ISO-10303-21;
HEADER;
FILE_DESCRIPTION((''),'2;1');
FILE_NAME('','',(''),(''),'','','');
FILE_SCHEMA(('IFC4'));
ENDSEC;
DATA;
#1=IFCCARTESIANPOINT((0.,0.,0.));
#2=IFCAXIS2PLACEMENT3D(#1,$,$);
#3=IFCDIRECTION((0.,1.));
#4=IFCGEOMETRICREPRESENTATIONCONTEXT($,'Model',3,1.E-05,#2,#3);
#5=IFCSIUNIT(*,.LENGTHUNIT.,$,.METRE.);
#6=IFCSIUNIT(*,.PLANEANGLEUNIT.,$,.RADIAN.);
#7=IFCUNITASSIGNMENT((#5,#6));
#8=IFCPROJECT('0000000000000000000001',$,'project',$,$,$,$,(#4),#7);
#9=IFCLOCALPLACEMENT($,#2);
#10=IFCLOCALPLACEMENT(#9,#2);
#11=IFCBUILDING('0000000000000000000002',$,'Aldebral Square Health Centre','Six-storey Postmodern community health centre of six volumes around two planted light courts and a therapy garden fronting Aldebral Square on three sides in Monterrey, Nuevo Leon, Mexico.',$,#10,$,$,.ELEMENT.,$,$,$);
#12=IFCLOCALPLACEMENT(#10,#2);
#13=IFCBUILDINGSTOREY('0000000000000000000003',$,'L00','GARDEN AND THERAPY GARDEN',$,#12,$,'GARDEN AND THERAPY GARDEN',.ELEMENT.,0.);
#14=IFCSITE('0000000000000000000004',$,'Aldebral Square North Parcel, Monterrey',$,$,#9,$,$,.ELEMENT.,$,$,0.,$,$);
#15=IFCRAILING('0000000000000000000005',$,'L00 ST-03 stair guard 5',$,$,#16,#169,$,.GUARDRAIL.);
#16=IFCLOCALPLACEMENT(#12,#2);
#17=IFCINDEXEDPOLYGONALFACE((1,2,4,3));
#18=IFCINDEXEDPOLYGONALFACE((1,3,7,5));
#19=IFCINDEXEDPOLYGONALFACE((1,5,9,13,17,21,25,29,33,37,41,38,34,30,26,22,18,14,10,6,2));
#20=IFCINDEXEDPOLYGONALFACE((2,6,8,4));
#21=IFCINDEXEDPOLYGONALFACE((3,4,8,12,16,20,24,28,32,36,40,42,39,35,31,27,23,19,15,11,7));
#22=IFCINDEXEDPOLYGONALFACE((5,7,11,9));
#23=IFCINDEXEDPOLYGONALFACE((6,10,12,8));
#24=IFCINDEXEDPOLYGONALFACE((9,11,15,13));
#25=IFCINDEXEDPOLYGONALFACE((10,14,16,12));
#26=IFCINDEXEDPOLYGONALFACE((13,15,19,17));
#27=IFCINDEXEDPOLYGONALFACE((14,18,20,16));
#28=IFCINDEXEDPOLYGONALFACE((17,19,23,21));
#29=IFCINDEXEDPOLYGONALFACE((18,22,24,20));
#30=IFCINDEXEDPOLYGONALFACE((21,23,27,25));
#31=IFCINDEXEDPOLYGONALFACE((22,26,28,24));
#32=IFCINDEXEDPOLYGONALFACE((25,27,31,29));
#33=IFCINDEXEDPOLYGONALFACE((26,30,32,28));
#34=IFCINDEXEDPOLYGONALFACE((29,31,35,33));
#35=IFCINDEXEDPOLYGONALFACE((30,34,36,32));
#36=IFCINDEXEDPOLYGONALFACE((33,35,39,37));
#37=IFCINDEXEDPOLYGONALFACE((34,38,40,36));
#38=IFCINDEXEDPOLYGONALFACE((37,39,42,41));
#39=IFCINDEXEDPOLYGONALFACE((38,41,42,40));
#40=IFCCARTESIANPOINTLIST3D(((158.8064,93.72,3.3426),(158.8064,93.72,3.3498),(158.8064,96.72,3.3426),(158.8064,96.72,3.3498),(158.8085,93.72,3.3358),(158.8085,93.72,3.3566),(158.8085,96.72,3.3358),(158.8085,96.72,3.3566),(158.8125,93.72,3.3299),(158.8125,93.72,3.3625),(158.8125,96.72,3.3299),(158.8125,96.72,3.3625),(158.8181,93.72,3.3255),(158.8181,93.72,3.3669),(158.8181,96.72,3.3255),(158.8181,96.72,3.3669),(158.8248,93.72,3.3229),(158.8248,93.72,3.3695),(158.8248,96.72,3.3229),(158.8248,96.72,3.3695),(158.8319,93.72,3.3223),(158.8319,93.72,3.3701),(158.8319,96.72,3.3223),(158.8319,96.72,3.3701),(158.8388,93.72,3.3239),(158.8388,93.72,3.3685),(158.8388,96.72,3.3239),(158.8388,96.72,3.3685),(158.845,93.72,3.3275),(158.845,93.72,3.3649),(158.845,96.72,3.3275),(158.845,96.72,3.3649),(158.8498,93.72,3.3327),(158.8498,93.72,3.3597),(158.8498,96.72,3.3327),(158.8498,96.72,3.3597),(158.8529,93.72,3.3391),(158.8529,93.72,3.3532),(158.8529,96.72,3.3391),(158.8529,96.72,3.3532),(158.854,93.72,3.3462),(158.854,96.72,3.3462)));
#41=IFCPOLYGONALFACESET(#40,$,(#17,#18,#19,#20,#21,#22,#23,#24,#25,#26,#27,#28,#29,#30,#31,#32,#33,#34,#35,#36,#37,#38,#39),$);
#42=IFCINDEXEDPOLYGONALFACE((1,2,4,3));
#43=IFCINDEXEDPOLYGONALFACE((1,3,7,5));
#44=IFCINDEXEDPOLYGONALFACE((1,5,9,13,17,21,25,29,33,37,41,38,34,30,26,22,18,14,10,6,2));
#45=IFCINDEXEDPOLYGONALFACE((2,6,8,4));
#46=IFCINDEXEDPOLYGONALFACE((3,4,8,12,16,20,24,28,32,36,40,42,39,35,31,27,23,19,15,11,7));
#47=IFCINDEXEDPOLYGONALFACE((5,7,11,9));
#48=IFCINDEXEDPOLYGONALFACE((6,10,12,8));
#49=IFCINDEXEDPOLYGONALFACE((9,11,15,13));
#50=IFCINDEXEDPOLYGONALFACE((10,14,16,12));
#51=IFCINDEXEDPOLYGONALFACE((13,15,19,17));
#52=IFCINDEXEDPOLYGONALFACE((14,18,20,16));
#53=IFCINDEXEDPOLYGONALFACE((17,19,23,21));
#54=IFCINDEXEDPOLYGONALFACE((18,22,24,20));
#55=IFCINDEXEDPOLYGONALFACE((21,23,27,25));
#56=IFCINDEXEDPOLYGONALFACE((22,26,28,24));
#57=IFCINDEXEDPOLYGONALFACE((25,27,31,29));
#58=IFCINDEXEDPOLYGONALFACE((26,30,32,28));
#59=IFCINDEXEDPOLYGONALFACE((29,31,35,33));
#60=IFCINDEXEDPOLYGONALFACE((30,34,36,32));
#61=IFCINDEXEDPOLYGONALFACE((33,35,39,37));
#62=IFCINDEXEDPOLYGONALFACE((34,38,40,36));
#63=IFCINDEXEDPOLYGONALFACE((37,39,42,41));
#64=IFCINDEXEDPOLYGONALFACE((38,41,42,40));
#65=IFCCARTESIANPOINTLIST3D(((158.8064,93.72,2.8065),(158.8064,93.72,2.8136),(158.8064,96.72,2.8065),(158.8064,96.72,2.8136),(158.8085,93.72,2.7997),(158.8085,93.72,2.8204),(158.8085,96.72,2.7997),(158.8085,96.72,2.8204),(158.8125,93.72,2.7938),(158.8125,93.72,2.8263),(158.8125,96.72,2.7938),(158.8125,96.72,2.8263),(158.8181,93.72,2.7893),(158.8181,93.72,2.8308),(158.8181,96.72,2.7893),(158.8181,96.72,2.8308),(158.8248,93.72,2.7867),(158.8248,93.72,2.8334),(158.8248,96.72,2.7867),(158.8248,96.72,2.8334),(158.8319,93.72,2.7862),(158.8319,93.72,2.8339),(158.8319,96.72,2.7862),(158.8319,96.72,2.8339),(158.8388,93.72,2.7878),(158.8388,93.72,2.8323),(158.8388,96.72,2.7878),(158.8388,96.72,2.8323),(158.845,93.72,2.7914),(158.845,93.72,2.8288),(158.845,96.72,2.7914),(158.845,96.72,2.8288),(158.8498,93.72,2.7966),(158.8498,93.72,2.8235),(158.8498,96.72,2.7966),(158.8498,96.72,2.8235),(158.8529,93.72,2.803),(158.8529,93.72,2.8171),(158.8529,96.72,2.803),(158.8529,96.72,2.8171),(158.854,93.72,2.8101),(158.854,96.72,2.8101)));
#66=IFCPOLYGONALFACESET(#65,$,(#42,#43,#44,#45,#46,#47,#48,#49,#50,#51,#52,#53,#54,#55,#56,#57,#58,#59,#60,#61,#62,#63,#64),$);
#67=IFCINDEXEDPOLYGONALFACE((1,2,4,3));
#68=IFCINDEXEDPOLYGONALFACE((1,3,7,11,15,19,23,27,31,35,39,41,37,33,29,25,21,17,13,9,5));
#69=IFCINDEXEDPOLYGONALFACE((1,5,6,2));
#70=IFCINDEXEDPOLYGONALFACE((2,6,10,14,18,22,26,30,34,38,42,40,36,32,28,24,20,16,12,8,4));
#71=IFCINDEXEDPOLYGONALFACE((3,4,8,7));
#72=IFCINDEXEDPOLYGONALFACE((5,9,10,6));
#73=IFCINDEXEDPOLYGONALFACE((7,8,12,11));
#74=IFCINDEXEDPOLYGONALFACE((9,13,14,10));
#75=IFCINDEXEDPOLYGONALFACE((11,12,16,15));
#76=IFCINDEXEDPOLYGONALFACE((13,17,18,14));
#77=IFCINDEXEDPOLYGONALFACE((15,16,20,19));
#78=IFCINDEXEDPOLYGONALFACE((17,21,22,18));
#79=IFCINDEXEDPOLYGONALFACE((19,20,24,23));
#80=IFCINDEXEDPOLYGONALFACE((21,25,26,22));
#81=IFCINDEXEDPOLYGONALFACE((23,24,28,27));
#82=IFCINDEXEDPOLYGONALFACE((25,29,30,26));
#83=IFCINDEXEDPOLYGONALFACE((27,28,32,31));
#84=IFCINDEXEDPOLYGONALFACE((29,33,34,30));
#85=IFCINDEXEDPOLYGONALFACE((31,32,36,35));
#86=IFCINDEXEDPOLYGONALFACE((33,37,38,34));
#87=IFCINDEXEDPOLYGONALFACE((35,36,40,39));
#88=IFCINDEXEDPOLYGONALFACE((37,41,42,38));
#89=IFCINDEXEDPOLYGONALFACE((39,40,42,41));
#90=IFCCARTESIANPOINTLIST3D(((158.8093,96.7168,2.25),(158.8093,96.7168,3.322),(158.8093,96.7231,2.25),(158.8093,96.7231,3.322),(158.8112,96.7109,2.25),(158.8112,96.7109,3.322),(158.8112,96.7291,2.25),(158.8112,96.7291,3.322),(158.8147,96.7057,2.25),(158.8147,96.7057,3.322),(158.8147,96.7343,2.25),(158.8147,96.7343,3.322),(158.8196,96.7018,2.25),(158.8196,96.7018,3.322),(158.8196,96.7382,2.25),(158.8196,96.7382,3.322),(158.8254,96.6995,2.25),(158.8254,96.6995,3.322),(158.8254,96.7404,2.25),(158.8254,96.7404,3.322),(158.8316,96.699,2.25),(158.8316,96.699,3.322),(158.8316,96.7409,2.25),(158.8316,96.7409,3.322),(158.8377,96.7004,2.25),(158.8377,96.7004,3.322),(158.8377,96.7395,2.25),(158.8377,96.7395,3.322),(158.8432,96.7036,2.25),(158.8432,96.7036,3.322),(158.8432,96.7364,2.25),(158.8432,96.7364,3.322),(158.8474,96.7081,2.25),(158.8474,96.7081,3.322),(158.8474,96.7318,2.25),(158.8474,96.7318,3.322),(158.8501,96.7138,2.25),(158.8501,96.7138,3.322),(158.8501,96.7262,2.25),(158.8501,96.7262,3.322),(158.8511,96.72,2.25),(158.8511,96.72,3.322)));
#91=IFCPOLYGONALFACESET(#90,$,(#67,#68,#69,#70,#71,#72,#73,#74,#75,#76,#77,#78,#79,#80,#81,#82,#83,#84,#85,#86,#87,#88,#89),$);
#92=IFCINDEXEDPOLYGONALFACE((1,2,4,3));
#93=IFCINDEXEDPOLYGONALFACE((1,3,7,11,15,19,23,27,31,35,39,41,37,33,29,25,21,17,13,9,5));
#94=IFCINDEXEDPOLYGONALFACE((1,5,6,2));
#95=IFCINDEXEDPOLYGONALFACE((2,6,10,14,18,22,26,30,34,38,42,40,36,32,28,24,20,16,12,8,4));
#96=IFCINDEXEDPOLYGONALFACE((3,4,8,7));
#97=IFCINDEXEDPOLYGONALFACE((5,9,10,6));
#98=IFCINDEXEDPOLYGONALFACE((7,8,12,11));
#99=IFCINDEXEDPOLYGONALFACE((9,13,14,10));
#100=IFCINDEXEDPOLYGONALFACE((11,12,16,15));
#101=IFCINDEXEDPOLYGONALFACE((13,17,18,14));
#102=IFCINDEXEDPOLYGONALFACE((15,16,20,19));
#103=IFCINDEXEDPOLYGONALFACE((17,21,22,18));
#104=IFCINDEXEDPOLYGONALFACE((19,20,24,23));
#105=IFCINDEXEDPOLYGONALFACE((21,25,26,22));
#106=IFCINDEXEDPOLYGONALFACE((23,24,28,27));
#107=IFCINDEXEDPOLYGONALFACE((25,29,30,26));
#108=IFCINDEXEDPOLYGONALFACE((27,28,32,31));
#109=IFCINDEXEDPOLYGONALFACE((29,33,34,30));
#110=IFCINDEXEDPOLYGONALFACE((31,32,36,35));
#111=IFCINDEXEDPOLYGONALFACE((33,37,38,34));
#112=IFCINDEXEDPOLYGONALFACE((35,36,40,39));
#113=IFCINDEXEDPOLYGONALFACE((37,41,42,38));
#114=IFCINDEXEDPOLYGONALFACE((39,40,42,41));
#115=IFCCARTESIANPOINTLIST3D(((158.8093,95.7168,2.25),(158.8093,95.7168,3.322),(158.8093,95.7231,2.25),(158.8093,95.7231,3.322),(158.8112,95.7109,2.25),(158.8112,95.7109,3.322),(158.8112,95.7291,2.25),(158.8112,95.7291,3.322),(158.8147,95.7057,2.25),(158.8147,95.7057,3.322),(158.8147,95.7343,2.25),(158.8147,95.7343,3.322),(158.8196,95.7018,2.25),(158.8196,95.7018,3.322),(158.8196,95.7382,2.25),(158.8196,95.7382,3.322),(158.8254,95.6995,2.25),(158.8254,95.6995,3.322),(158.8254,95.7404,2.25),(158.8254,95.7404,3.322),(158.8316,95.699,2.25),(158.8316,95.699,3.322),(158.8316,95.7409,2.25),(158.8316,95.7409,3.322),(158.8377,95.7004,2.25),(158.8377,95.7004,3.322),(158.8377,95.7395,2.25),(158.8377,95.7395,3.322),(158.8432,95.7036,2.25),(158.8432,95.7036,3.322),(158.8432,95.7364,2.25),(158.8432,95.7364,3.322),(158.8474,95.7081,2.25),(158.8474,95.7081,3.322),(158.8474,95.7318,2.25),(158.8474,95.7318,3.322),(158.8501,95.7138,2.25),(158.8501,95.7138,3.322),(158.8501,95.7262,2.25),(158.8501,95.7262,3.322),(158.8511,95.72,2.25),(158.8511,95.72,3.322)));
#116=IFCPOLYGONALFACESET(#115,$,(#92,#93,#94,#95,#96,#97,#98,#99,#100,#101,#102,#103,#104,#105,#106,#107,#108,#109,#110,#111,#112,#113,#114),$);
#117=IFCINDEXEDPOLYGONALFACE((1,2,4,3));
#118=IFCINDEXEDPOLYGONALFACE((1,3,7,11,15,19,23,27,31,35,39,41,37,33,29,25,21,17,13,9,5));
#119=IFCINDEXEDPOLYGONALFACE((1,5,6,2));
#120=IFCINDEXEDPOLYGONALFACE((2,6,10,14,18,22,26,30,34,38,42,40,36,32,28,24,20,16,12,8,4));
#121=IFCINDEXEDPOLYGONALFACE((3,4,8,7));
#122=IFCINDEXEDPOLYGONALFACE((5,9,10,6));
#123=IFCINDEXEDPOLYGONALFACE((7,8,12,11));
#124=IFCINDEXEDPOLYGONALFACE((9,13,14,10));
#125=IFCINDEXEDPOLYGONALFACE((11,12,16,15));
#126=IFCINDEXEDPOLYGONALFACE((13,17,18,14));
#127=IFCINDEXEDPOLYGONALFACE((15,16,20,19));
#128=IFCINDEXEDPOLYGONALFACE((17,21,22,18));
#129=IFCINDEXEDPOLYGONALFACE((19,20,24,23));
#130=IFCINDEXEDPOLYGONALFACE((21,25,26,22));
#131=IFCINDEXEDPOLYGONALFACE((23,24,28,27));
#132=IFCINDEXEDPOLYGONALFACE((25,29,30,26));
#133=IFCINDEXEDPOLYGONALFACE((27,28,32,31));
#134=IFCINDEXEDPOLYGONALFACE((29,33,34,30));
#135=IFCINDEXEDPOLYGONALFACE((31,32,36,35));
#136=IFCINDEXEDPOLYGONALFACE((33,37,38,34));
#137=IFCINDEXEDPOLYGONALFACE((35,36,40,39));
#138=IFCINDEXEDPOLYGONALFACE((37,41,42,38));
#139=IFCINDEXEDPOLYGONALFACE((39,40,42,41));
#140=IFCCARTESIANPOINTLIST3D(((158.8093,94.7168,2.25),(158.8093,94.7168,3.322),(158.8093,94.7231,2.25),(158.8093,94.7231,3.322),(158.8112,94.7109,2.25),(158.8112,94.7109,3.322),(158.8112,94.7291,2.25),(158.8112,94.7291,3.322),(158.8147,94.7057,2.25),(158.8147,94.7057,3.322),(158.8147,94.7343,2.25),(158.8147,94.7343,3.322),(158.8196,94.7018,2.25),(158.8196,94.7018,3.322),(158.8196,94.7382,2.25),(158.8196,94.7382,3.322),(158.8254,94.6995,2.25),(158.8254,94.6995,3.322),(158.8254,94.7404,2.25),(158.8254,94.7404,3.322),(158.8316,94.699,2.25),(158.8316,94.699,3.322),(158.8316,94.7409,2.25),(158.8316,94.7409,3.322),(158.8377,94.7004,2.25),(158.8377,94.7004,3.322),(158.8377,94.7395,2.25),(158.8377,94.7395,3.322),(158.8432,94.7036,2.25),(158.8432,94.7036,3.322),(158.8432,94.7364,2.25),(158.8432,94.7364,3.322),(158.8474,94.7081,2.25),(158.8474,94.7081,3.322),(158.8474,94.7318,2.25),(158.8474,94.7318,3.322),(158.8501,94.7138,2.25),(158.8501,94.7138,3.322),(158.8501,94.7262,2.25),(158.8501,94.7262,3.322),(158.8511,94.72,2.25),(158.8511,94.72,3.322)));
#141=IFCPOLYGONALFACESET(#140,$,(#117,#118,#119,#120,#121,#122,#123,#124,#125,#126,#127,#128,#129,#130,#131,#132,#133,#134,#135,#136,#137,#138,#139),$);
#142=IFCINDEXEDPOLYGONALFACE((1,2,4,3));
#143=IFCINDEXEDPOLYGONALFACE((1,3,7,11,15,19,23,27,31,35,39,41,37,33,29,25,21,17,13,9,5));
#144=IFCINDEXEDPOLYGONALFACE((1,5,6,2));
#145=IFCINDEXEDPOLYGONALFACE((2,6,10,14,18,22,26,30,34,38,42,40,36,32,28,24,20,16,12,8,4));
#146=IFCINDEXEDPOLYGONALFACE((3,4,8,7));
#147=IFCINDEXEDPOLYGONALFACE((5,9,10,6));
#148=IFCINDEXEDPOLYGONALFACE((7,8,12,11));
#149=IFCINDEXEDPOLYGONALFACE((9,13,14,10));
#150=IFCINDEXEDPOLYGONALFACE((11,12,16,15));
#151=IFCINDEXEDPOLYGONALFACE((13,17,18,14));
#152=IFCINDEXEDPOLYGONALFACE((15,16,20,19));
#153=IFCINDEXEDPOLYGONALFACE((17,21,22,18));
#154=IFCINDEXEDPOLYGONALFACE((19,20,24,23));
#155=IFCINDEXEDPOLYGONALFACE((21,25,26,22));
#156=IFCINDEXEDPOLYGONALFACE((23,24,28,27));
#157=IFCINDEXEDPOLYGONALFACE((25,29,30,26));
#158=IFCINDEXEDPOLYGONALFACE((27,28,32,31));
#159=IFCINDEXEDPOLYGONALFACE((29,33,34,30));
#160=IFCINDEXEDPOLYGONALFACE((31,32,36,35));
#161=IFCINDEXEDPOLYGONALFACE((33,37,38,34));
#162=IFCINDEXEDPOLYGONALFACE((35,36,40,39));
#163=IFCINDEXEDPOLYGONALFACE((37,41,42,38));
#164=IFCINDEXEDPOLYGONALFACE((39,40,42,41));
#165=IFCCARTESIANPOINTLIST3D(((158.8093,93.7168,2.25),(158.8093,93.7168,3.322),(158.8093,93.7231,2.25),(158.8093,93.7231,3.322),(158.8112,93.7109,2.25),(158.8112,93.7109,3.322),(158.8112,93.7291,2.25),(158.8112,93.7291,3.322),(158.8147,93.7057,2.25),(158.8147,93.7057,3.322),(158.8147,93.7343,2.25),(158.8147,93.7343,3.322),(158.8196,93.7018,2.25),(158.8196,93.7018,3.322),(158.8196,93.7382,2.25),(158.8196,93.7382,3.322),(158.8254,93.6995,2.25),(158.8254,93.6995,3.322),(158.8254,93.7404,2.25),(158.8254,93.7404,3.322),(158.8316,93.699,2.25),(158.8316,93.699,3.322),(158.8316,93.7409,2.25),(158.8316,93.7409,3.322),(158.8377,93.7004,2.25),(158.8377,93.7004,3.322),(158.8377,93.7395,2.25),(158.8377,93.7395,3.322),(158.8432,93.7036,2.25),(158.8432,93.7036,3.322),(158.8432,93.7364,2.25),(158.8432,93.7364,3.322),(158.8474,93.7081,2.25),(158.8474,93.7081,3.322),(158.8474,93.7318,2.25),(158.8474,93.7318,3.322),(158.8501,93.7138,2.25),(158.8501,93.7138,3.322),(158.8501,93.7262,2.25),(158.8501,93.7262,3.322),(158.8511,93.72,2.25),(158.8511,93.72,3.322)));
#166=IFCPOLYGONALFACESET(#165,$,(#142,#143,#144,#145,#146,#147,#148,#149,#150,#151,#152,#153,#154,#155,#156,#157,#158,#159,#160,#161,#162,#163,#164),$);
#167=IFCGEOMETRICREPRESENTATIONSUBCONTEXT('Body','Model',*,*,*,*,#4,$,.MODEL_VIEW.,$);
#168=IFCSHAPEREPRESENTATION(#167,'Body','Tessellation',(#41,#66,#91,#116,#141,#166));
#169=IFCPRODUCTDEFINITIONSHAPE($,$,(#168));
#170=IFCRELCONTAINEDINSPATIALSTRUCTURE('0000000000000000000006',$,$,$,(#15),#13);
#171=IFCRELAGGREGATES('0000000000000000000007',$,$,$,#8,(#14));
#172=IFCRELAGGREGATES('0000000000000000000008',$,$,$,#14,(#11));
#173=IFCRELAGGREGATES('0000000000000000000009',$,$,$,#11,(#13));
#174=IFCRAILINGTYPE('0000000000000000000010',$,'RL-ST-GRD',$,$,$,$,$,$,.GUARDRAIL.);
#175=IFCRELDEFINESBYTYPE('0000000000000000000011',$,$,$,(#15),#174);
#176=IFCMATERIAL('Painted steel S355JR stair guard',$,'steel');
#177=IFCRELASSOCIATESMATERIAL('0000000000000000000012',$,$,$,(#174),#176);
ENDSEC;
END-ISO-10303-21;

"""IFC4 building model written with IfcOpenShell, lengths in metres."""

from ifc_helpers import new_model, si_unit, direction, frame, origin, origin_2d, place, context, subcontext, project, spatial, circle, extrude, material, type_object, element, save


model = new_model("IFC4")

# Units and contexts
model_context = context("Model", 3, precision=1e-05, world=origin(), true_north=direction((0.0, 1.0)))
body_context = subcontext(model_context, "Body", "Model", "MODEL_VIEW")
ifc_project = project(units=[si_unit("LENGTHUNIT", "METRE"), si_unit("PLANEANGLEUNIT", "RADIAN")], contexts=[model_context])

# Site, building, storey
site_placement = place(None, origin())
site = spatial("IfcSite", under=ifc_project, at=site_placement, Name="Aldebral Square North Parcel, Monterrey", CompositionType="ELEMENT", RefElevation=0.0)
building_placement = place(site_placement, origin())
building = spatial("IfcBuilding", under=site, at=building_placement, Name="Aldebral Square Health Centre", Description="Six-storey Postmodern community health centre of six volumes around two planted light courts and a therapy garden fronting Aldebral Square on three sides in Monterrey, Nuevo Leon, Mexico.", CompositionType="ELEMENT")
storey_placement = place(building_placement, origin())
storey = spatial("IfcBuildingStorey", under=building, at=storey_placement, Name="L00", Description="GARDEN AND THERAPY GARDEN", LongName="GARDEN AND THERAPY GARDEN", CompositionType="ELEMENT", Elevation=0.0)

# Railing
ifc_material_1 = material(Name="Painted steel S355JR stair guard", Category="steel")
railing_type_1 = type_object("IfcRailingType", Name="RL-ST-GRD", PredefinedType="GUARDRAIL", material=ifc_material_1)
railing_1_placement = place(storey_placement, frame((158.8301, 96.72, 2.25)))
element("IfcRailing", 1, at=railing_1_placement, inside=storey, type_object=railing_type_1, Name="L00 ST-03 stair guard 5", PredefinedType="GUARDRAIL", context=body_context, shape_type="SweptSolid", body=[
    extrude(circle(Radius=0.0239, at=origin_2d()), frame((0.0, 0.0, 1.0962), z_axis=(0.0, -1.0, 0.0), x_axis=(1.0, 0.0, 0.0)), (0.0, 0.0, 1.0), 3.0),
    extrude(circle(Radius=0.0239, at=origin_2d()), frame((0.0, 0.0, 0.5601), z_axis=(0.0, -1.0, 0.0), x_axis=(1.0, 0.0, 0.0)), (0.0, 0.0, 1.0), 3.0),
    extrude(circle(Radius=0.021, at=origin_2d()), origin(), (0.0, 0.0, 1.0), 1.072),
    extrude(circle(Radius=0.021, at=origin_2d()), frame((0.0, -1.0, 0.0)), (0.0, 0.0, 1.0), 1.072),
    extrude(circle(Radius=0.021, at=origin_2d()), frame((0.0, -2.0, 0.0)), (0.0, 0.0, 1.0), 1.072),
    extrude(circle(Radius=0.021, at=origin_2d()), frame((0.0, -3.0, 0.0)), (0.0, 0.0, 1.0), 1.072),
])

save(model, "model.ifc")
